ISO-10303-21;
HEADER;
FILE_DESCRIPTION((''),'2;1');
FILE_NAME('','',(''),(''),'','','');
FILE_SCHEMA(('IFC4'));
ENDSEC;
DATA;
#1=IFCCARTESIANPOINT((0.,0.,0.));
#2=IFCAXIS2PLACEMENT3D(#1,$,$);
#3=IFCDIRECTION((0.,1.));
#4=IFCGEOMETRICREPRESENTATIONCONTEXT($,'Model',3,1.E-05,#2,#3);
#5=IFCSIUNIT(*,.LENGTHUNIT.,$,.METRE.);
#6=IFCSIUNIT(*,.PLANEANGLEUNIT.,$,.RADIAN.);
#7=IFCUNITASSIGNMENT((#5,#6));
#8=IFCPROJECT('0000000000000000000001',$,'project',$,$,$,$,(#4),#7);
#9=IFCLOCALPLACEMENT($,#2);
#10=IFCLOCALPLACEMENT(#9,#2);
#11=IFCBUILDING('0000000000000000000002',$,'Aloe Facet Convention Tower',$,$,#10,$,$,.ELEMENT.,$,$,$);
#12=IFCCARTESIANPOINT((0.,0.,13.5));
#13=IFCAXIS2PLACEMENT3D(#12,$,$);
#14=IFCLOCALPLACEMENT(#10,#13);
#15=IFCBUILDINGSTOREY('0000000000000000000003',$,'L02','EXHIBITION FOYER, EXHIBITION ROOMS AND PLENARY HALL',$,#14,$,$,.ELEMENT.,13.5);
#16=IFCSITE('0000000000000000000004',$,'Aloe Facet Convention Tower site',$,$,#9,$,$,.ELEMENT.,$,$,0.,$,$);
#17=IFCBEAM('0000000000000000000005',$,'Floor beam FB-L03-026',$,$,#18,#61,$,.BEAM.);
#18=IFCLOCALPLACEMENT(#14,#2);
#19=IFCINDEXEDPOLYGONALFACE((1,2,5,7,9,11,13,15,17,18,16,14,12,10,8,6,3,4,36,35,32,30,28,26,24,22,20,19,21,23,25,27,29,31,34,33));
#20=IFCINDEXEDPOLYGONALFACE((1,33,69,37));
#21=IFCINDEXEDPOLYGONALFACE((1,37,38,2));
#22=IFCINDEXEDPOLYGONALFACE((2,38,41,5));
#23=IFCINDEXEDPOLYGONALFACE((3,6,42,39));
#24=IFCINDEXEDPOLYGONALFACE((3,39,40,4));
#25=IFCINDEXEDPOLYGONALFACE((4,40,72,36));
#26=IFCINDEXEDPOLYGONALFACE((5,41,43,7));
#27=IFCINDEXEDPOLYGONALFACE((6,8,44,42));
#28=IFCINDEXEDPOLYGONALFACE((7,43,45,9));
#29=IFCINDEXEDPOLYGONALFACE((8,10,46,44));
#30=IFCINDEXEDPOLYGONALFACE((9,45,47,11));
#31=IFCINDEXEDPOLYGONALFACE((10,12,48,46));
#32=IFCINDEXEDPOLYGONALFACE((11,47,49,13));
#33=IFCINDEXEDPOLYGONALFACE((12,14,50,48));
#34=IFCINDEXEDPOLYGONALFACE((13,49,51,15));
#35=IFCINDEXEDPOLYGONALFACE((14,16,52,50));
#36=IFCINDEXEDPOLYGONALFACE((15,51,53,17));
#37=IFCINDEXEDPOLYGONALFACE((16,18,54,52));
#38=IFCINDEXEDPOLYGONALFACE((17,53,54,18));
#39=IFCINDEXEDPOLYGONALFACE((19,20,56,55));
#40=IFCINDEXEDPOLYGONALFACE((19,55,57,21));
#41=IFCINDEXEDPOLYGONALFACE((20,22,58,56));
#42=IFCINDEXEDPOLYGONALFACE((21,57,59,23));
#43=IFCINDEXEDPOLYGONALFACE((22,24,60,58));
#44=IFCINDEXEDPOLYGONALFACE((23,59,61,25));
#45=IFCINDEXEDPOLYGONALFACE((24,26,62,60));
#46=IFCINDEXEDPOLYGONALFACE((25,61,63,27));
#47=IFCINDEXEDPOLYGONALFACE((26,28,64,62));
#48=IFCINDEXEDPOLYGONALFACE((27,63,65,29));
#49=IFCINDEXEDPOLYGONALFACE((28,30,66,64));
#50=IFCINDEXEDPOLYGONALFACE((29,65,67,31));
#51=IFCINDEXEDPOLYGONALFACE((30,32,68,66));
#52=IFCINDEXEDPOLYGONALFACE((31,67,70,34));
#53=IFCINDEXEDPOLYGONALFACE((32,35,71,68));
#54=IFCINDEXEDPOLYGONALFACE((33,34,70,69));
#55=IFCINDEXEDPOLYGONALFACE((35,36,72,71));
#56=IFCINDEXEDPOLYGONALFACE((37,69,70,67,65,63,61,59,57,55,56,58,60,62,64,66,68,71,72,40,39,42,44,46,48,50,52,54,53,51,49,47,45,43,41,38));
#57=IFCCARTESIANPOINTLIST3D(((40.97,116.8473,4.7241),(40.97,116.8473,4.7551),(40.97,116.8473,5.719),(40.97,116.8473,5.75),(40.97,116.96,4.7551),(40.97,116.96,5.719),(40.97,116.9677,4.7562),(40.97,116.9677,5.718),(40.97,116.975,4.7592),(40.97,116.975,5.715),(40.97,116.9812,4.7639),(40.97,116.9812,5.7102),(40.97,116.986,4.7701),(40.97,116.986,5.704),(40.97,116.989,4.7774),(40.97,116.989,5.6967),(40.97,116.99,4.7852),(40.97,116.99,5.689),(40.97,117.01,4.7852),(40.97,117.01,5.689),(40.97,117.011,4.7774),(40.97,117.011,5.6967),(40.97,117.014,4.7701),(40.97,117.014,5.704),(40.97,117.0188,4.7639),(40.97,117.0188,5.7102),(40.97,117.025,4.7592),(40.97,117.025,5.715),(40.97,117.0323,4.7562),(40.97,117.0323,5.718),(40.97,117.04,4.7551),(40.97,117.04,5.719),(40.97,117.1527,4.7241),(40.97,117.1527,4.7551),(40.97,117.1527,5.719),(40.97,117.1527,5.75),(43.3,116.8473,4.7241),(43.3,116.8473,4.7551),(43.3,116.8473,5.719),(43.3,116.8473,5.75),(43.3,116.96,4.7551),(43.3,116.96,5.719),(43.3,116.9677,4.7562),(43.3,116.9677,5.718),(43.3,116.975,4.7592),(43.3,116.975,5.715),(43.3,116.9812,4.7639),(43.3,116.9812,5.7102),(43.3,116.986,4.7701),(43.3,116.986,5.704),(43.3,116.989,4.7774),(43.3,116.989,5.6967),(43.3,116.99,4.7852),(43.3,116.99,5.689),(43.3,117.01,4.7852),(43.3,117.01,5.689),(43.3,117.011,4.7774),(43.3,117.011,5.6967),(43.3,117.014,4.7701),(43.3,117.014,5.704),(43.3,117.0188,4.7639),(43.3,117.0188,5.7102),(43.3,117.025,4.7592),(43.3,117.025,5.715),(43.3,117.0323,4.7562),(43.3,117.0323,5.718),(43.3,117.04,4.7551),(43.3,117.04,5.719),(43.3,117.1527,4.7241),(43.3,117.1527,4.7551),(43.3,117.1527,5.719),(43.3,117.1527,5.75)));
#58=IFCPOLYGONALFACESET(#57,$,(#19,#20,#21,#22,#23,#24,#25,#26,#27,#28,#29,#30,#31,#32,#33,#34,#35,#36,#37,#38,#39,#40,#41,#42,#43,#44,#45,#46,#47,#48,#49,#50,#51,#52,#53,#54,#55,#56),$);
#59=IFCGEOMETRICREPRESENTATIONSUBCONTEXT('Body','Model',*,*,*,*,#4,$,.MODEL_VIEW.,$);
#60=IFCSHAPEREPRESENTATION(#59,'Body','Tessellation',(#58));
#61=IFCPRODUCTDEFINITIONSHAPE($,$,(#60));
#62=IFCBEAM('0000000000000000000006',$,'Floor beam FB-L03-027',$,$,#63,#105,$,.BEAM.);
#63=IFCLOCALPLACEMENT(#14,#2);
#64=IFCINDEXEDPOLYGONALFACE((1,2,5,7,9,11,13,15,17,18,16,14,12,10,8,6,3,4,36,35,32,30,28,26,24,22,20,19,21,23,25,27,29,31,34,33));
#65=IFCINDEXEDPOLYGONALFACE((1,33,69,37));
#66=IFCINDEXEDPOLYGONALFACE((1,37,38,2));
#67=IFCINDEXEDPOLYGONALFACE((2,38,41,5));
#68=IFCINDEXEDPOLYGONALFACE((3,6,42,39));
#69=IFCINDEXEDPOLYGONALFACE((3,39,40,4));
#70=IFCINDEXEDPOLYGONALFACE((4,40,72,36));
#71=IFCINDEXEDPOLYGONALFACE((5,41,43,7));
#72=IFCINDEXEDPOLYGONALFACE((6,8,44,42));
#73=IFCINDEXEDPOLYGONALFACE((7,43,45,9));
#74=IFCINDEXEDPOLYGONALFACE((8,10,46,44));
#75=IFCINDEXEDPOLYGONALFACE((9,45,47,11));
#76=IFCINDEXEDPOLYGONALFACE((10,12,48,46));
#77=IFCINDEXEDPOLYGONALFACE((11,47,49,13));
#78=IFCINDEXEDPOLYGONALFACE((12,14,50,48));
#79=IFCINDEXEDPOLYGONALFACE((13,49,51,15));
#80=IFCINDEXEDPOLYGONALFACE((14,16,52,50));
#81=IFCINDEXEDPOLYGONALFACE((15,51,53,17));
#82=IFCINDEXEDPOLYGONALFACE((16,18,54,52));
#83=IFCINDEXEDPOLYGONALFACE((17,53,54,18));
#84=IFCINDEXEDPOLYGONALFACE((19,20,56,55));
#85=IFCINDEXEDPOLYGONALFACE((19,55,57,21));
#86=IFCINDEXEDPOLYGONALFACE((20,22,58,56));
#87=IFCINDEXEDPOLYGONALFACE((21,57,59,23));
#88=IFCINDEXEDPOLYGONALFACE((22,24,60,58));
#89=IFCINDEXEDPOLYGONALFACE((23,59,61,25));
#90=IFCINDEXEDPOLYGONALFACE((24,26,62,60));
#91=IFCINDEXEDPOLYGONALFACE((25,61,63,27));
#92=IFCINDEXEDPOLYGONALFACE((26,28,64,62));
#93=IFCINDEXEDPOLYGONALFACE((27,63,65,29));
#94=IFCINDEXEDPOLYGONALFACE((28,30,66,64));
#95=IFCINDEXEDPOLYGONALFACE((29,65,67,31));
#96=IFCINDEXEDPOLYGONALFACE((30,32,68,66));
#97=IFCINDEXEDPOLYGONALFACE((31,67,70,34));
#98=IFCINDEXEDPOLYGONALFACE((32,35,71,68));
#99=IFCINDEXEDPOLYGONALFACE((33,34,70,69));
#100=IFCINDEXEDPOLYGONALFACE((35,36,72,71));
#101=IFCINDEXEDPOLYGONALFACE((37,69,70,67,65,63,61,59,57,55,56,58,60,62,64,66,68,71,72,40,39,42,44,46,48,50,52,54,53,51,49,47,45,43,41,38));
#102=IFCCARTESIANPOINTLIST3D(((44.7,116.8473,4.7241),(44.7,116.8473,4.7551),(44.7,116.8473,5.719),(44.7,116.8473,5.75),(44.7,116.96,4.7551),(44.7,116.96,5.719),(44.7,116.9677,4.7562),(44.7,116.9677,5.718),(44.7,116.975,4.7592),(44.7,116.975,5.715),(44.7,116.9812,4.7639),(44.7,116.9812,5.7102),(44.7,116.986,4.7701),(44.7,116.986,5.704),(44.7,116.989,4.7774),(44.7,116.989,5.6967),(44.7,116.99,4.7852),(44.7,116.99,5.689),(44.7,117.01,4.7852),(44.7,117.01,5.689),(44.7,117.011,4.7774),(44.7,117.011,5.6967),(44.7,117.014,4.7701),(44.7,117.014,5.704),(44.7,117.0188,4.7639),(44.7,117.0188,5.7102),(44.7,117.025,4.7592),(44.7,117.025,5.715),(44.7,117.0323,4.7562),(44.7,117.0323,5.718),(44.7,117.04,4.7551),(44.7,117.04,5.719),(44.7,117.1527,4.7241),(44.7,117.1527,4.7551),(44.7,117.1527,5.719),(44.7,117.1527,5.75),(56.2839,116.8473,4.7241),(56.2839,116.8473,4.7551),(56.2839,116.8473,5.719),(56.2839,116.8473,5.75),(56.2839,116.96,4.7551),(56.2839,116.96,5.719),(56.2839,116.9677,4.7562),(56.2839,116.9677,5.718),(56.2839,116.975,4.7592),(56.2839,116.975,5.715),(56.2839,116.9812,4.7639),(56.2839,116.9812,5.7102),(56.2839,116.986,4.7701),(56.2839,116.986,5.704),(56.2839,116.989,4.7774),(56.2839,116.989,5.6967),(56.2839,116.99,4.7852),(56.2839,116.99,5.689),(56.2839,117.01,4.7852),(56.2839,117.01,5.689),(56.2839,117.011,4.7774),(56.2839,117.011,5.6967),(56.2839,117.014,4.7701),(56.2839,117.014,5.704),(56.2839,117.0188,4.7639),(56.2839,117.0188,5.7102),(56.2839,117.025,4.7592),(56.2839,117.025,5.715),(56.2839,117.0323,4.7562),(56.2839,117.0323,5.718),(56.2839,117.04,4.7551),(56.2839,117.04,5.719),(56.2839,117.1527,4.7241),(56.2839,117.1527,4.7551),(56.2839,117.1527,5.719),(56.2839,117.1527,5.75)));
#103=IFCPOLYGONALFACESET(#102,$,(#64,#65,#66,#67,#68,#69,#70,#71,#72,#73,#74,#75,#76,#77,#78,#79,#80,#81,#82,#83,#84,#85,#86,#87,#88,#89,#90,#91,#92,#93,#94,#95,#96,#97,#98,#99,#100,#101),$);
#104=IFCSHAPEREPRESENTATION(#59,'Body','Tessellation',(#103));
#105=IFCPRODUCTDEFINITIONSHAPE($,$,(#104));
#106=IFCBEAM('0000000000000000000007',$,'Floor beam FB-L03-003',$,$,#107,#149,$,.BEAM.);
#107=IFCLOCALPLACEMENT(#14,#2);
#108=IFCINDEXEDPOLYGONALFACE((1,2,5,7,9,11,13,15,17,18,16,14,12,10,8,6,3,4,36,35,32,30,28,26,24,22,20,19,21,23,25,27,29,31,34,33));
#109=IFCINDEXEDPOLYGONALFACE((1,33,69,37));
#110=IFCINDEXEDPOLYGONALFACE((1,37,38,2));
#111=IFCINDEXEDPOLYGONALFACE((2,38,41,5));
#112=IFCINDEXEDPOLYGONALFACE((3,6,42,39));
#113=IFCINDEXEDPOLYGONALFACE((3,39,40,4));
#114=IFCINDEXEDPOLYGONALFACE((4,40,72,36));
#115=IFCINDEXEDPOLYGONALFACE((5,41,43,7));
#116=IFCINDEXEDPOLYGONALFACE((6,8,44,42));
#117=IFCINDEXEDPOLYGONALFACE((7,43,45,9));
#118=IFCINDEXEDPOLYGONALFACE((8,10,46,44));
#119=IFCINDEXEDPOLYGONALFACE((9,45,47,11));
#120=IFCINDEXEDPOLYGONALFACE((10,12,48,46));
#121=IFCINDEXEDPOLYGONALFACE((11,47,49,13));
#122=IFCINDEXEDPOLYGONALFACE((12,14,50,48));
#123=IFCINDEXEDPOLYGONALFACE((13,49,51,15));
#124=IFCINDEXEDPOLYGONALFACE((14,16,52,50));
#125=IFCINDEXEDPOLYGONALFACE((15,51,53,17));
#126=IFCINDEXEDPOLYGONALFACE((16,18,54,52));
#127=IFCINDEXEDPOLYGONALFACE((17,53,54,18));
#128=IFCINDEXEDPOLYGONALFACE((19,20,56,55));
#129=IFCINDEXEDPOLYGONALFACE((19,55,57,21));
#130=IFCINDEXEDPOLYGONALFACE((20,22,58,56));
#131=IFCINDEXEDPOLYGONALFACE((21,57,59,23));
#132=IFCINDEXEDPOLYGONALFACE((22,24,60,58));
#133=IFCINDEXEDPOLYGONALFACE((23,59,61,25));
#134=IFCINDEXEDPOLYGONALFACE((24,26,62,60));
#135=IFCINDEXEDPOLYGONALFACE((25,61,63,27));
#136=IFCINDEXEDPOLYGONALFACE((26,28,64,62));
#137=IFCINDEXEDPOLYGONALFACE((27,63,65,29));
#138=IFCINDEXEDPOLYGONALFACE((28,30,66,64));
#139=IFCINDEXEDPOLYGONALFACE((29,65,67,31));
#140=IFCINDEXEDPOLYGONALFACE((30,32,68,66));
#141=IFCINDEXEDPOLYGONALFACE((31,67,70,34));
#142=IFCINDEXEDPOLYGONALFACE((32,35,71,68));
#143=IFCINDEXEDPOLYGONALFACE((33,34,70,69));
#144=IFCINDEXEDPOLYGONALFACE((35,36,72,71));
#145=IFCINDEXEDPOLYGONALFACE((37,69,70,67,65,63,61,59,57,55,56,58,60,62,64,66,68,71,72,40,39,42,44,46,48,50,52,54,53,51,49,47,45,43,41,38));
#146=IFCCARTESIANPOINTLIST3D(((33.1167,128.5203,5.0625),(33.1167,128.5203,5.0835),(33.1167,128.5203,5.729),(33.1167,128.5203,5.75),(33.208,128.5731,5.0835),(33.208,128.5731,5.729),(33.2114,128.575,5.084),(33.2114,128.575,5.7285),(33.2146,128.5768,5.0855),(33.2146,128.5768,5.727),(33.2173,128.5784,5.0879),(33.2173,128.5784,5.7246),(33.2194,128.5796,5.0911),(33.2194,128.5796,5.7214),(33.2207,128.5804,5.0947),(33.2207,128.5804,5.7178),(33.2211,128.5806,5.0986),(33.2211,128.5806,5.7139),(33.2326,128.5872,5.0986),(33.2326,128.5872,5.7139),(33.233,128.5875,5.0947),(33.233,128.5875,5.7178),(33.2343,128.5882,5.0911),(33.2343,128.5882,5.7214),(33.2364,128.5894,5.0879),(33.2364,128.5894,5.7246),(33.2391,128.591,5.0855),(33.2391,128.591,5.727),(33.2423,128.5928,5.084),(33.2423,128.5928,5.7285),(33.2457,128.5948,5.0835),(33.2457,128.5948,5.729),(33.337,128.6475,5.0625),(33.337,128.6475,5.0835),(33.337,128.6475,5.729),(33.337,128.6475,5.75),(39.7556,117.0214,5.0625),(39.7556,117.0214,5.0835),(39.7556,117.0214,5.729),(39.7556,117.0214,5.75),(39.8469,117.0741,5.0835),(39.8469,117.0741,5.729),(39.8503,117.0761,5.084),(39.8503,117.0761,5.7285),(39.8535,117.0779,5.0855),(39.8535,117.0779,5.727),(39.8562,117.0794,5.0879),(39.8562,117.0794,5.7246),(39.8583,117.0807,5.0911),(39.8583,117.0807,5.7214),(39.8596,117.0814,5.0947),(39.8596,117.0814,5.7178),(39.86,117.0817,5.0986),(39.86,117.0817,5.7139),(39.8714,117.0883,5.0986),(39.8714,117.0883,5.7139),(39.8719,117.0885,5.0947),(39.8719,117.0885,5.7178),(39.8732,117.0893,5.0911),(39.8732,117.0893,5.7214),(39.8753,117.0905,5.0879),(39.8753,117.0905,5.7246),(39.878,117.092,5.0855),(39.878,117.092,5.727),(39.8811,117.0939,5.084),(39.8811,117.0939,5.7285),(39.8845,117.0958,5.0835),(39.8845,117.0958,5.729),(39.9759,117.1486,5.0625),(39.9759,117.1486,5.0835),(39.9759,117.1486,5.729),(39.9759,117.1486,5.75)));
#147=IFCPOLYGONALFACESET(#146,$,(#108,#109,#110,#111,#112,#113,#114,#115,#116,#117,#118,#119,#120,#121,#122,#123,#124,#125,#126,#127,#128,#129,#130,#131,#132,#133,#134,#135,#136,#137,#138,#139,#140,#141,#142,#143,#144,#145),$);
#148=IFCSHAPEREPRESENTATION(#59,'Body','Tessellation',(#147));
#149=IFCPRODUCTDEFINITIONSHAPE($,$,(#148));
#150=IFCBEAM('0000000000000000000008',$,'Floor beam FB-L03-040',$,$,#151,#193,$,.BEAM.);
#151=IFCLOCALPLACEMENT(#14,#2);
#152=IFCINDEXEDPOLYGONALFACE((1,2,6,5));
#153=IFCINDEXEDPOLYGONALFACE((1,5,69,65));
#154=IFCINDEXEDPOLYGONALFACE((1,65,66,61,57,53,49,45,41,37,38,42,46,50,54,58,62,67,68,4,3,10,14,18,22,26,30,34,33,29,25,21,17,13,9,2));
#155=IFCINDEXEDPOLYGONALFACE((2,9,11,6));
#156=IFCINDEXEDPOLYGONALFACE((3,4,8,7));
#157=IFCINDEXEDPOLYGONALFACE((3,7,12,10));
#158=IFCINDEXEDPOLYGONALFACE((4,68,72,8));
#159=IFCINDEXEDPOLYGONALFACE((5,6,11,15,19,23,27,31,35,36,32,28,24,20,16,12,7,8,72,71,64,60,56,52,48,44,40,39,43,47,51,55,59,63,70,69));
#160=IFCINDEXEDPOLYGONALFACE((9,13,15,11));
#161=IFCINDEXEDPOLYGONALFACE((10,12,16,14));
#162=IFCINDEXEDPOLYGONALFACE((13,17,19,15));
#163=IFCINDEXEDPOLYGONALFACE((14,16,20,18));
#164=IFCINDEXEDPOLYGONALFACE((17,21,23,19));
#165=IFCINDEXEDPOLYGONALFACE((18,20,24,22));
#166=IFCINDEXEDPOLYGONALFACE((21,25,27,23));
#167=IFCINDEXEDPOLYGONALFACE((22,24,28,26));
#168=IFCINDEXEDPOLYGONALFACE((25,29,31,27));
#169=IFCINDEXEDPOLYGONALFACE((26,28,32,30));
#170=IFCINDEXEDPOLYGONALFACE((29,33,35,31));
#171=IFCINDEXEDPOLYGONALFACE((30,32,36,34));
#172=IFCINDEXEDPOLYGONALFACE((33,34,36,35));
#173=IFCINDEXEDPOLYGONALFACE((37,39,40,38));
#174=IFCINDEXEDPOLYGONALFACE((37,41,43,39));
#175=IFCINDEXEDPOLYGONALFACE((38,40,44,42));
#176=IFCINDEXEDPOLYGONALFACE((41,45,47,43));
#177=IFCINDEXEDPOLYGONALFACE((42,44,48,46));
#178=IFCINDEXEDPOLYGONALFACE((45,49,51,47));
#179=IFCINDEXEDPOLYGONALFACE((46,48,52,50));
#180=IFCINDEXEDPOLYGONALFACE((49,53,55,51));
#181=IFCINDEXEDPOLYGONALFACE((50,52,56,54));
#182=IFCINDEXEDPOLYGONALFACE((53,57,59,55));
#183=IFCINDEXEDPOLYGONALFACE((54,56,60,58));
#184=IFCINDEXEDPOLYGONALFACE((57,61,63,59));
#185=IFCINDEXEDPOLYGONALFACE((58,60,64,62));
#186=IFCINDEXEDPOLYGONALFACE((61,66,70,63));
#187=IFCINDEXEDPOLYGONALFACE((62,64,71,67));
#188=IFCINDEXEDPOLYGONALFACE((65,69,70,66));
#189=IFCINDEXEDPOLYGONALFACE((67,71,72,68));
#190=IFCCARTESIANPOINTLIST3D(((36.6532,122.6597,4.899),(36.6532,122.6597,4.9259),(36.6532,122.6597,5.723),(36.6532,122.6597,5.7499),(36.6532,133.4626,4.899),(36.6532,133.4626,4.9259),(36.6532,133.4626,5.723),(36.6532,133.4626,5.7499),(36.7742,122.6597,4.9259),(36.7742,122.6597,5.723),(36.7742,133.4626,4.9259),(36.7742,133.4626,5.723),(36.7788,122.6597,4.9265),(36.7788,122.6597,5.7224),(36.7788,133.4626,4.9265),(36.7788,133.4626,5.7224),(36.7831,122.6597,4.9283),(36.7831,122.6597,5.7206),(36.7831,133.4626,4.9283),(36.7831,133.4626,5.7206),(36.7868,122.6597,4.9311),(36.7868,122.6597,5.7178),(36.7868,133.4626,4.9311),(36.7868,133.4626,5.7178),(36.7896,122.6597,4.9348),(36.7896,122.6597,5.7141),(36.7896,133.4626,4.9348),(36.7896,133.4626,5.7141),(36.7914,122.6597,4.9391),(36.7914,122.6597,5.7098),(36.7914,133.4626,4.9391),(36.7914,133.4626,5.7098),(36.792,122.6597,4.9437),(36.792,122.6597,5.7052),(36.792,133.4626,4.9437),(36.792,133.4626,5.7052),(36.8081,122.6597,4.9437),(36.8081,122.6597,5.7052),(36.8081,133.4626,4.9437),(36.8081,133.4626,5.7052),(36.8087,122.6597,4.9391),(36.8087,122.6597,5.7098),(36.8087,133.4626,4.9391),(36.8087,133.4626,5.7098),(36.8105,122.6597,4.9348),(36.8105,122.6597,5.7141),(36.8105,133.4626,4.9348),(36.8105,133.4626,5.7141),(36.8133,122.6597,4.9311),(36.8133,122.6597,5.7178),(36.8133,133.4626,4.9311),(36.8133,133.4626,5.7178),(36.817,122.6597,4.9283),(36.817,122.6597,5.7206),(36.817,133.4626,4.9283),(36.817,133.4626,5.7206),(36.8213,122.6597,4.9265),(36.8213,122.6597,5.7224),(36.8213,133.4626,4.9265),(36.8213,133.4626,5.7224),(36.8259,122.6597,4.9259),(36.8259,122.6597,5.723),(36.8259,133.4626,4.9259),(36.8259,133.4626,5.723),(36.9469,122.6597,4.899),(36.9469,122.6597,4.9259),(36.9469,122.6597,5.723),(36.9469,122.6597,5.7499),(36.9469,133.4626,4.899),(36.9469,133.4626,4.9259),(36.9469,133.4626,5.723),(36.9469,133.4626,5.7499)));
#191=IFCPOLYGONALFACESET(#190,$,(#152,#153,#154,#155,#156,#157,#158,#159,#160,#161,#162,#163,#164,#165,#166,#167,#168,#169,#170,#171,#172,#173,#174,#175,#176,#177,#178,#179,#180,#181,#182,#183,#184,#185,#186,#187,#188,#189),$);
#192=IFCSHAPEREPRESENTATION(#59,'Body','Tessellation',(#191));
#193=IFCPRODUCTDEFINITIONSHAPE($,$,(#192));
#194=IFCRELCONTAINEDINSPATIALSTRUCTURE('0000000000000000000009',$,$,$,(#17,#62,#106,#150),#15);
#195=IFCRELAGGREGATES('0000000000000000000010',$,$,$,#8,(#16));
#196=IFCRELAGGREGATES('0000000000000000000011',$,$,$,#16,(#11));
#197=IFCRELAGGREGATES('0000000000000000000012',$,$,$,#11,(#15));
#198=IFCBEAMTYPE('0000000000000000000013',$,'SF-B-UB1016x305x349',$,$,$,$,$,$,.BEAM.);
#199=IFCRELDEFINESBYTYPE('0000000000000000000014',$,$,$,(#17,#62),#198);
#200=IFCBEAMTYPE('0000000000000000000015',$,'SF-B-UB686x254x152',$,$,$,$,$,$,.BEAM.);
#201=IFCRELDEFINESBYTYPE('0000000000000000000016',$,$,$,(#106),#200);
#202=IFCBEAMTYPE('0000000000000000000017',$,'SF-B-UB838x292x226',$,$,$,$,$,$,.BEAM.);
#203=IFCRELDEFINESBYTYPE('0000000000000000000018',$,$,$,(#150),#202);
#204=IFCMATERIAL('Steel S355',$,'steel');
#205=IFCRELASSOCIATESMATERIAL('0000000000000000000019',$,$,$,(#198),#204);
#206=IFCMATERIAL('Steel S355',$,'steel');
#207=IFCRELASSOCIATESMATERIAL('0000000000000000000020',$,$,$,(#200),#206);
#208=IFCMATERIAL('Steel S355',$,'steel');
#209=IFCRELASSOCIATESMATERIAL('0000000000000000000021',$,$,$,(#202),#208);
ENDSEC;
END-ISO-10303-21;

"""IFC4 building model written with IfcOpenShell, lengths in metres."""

from ifc_helpers import new_model, si_unit, direction, frame, origin, origin_2d, place, context, subcontext, project, spatial, i_section, extrude, material, material_profile, profile_set, type_object, element, save


model = new_model("IFC4")

# Units and contexts
model_context = context("Model", 3, precision=1e-05, world=origin(), true_north=direction((0.0, 1.0)))
body_context = subcontext(model_context, "Body", "Model", "MODEL_VIEW")
ifc_project = project(units=[si_unit("LENGTHUNIT", "METRE"), si_unit("PLANEANGLEUNIT", "RADIAN")], contexts=[model_context])

# Site, building, storey
site_placement = place(None, origin())
site = spatial("IfcSite", under=ifc_project, at=site_placement, Name="Aloe Facet Convention Tower site", CompositionType="ELEMENT", RefElevation=0.0)
building_placement = place(site_placement, origin())
building = spatial("IfcBuilding", under=site, at=building_placement, Name="Aloe Facet Convention Tower", CompositionType="ELEMENT")
storey_placement = place(building_placement, frame((0.0, 0.0, 13.5)))
storey = spatial("IfcBuildingStorey", under=building, at=storey_placement, Name="L02", Description="EXHIBITION FOYER, EXHIBITION ROOMS AND PLENARY HALL", CompositionType="ELEMENT", Elevation=13.5)

# Beams
ifc_material_1 = material(Name="Steel S355", Category="steel")
ifc_material_profile_1 = material_profile(ifc_material_1, i_section(OverallWidth=0.3054, OverallDepth=1.0259, WebThickness=0.02, FlangeThickness=0.031, FilletRadius=0.03, at=origin_2d()), Name="UB 1016x305x349")
ifc_profile_set_1 = profile_set([ifc_material_profile_1], Name="Steel S355")
beam_type_1 = type_object("IfcBeamType", Name="SF-B-UB1016x305x349", PredefinedType="BEAM", material=ifc_profile_set_1)
beam_1_placement = place(storey_placement, frame((40.97, 117.0, 5.2371), z_axis=(1.0, 0.0, 0.0), x_axis=(0.0, 1.0, 0.0)))
element("IfcBeam", 1, at=beam_1_placement, inside=storey, type_object=beam_type_1, Name="Floor beam FB-L03-026", PredefinedType="BEAM", context=body_context, shape_type="SweptSolid", body=[
    extrude(i_section(OverallWidth=0.3054, OverallDepth=1.0259, WebThickness=0.02, FlangeThickness=0.031, FilletRadius=0.03, at=origin_2d()), origin(), (0.0, 0.0, 1.0), 2.3301),
])
beam_2_placement = place(storey_placement, frame((44.7, 117.0, 5.2371), z_axis=(1.0, 0.0, 0.0), x_axis=(0.0, 1.0, 0.0)))
element("IfcBeam", 2, at=beam_2_placement, inside=storey, type_object=beam_type_1, Name="Floor beam FB-L03-027", PredefinedType="BEAM", context=body_context, shape_type="SweptSolid", body=[
    extrude(i_section(OverallWidth=0.3054, OverallDepth=1.0259, WebThickness=0.02, FlangeThickness=0.031, FilletRadius=0.03, at=origin_2d()), origin(), (0.0, 0.0, 1.0), 11.584),
])
ifc_material_2 = material(Name="Steel S355", Category="steel")
ifc_material_profile_2 = material_profile(ifc_material_2, i_section(OverallWidth=0.2544, OverallDepth=0.6875, WebThickness=0.0132, FlangeThickness=0.021, FilletRadius=0.0151, at=origin_2d()), Name="UB 686x254x152")
ifc_profile_set_2 = profile_set([ifc_material_profile_2], Name="Steel S355")
beam_type_2 = type_object("IfcBeamType", Name="SF-B-UB686x254x152", PredefinedType="BEAM", material=ifc_profile_set_2)
beam_3_placement = place(storey_placement, frame((39.8657, 117.085, 5.4062), z_axis=(-0.499997, 0.866027, 0.0), x_axis=(-0.866027, -0.499997, 0.0)))
element("IfcBeam", 3, at=beam_3_placement, inside=storey, type_object=beam_type_2, Name="Floor beam FB-L03-003", PredefinedType="BEAM", context=body_context, shape_type="SweptSolid", body=[
    extrude(i_section(OverallWidth=0.2544, OverallDepth=0.6875, WebThickness=0.0132, FlangeThickness=0.021, FilletRadius=0.0151, at=origin_2d()), origin(), (0.0, 0.0, 1.0), 13.2778),
])
ifc_material_3 = material(Name="Steel S355", Category="steel")
ifc_material_profile_3 = material_profile(ifc_material_3, i_section(OverallWidth=0.2937, OverallDepth=0.8508, WebThickness=0.0161, FlangeThickness=0.0269, FilletRadius=0.0178, at=origin_2d()), Name="UB 838x292x226")
ifc_profile_set_3 = profile_set([ifc_material_profile_3], Name="Steel S355")
beam_type_3 = type_object("IfcBeamType", Name="SF-B-UB838x292x226", PredefinedType="BEAM", material=ifc_profile_set_3)
beam_4_placement = place(storey_placement, frame((36.8, 122.6597, 5.3245), z_axis=(0.0, 1.0, 0.0), x_axis=(-1.0, 0.0, 0.0)))
element("IfcBeam", 4, at=beam_4_placement, inside=storey, type_object=beam_type_3, Name="Floor beam FB-L03-040", PredefinedType="BEAM", context=body_context, shape_type="SweptSolid", body=[
    extrude(i_section(OverallWidth=0.2937, OverallDepth=0.8508, WebThickness=0.0161, FlangeThickness=0.0269, FilletRadius=0.0178, at=origin_2d()), origin(), (0.0, 0.0, 1.0), 10.803),
])

save(model, "model.ifc")
